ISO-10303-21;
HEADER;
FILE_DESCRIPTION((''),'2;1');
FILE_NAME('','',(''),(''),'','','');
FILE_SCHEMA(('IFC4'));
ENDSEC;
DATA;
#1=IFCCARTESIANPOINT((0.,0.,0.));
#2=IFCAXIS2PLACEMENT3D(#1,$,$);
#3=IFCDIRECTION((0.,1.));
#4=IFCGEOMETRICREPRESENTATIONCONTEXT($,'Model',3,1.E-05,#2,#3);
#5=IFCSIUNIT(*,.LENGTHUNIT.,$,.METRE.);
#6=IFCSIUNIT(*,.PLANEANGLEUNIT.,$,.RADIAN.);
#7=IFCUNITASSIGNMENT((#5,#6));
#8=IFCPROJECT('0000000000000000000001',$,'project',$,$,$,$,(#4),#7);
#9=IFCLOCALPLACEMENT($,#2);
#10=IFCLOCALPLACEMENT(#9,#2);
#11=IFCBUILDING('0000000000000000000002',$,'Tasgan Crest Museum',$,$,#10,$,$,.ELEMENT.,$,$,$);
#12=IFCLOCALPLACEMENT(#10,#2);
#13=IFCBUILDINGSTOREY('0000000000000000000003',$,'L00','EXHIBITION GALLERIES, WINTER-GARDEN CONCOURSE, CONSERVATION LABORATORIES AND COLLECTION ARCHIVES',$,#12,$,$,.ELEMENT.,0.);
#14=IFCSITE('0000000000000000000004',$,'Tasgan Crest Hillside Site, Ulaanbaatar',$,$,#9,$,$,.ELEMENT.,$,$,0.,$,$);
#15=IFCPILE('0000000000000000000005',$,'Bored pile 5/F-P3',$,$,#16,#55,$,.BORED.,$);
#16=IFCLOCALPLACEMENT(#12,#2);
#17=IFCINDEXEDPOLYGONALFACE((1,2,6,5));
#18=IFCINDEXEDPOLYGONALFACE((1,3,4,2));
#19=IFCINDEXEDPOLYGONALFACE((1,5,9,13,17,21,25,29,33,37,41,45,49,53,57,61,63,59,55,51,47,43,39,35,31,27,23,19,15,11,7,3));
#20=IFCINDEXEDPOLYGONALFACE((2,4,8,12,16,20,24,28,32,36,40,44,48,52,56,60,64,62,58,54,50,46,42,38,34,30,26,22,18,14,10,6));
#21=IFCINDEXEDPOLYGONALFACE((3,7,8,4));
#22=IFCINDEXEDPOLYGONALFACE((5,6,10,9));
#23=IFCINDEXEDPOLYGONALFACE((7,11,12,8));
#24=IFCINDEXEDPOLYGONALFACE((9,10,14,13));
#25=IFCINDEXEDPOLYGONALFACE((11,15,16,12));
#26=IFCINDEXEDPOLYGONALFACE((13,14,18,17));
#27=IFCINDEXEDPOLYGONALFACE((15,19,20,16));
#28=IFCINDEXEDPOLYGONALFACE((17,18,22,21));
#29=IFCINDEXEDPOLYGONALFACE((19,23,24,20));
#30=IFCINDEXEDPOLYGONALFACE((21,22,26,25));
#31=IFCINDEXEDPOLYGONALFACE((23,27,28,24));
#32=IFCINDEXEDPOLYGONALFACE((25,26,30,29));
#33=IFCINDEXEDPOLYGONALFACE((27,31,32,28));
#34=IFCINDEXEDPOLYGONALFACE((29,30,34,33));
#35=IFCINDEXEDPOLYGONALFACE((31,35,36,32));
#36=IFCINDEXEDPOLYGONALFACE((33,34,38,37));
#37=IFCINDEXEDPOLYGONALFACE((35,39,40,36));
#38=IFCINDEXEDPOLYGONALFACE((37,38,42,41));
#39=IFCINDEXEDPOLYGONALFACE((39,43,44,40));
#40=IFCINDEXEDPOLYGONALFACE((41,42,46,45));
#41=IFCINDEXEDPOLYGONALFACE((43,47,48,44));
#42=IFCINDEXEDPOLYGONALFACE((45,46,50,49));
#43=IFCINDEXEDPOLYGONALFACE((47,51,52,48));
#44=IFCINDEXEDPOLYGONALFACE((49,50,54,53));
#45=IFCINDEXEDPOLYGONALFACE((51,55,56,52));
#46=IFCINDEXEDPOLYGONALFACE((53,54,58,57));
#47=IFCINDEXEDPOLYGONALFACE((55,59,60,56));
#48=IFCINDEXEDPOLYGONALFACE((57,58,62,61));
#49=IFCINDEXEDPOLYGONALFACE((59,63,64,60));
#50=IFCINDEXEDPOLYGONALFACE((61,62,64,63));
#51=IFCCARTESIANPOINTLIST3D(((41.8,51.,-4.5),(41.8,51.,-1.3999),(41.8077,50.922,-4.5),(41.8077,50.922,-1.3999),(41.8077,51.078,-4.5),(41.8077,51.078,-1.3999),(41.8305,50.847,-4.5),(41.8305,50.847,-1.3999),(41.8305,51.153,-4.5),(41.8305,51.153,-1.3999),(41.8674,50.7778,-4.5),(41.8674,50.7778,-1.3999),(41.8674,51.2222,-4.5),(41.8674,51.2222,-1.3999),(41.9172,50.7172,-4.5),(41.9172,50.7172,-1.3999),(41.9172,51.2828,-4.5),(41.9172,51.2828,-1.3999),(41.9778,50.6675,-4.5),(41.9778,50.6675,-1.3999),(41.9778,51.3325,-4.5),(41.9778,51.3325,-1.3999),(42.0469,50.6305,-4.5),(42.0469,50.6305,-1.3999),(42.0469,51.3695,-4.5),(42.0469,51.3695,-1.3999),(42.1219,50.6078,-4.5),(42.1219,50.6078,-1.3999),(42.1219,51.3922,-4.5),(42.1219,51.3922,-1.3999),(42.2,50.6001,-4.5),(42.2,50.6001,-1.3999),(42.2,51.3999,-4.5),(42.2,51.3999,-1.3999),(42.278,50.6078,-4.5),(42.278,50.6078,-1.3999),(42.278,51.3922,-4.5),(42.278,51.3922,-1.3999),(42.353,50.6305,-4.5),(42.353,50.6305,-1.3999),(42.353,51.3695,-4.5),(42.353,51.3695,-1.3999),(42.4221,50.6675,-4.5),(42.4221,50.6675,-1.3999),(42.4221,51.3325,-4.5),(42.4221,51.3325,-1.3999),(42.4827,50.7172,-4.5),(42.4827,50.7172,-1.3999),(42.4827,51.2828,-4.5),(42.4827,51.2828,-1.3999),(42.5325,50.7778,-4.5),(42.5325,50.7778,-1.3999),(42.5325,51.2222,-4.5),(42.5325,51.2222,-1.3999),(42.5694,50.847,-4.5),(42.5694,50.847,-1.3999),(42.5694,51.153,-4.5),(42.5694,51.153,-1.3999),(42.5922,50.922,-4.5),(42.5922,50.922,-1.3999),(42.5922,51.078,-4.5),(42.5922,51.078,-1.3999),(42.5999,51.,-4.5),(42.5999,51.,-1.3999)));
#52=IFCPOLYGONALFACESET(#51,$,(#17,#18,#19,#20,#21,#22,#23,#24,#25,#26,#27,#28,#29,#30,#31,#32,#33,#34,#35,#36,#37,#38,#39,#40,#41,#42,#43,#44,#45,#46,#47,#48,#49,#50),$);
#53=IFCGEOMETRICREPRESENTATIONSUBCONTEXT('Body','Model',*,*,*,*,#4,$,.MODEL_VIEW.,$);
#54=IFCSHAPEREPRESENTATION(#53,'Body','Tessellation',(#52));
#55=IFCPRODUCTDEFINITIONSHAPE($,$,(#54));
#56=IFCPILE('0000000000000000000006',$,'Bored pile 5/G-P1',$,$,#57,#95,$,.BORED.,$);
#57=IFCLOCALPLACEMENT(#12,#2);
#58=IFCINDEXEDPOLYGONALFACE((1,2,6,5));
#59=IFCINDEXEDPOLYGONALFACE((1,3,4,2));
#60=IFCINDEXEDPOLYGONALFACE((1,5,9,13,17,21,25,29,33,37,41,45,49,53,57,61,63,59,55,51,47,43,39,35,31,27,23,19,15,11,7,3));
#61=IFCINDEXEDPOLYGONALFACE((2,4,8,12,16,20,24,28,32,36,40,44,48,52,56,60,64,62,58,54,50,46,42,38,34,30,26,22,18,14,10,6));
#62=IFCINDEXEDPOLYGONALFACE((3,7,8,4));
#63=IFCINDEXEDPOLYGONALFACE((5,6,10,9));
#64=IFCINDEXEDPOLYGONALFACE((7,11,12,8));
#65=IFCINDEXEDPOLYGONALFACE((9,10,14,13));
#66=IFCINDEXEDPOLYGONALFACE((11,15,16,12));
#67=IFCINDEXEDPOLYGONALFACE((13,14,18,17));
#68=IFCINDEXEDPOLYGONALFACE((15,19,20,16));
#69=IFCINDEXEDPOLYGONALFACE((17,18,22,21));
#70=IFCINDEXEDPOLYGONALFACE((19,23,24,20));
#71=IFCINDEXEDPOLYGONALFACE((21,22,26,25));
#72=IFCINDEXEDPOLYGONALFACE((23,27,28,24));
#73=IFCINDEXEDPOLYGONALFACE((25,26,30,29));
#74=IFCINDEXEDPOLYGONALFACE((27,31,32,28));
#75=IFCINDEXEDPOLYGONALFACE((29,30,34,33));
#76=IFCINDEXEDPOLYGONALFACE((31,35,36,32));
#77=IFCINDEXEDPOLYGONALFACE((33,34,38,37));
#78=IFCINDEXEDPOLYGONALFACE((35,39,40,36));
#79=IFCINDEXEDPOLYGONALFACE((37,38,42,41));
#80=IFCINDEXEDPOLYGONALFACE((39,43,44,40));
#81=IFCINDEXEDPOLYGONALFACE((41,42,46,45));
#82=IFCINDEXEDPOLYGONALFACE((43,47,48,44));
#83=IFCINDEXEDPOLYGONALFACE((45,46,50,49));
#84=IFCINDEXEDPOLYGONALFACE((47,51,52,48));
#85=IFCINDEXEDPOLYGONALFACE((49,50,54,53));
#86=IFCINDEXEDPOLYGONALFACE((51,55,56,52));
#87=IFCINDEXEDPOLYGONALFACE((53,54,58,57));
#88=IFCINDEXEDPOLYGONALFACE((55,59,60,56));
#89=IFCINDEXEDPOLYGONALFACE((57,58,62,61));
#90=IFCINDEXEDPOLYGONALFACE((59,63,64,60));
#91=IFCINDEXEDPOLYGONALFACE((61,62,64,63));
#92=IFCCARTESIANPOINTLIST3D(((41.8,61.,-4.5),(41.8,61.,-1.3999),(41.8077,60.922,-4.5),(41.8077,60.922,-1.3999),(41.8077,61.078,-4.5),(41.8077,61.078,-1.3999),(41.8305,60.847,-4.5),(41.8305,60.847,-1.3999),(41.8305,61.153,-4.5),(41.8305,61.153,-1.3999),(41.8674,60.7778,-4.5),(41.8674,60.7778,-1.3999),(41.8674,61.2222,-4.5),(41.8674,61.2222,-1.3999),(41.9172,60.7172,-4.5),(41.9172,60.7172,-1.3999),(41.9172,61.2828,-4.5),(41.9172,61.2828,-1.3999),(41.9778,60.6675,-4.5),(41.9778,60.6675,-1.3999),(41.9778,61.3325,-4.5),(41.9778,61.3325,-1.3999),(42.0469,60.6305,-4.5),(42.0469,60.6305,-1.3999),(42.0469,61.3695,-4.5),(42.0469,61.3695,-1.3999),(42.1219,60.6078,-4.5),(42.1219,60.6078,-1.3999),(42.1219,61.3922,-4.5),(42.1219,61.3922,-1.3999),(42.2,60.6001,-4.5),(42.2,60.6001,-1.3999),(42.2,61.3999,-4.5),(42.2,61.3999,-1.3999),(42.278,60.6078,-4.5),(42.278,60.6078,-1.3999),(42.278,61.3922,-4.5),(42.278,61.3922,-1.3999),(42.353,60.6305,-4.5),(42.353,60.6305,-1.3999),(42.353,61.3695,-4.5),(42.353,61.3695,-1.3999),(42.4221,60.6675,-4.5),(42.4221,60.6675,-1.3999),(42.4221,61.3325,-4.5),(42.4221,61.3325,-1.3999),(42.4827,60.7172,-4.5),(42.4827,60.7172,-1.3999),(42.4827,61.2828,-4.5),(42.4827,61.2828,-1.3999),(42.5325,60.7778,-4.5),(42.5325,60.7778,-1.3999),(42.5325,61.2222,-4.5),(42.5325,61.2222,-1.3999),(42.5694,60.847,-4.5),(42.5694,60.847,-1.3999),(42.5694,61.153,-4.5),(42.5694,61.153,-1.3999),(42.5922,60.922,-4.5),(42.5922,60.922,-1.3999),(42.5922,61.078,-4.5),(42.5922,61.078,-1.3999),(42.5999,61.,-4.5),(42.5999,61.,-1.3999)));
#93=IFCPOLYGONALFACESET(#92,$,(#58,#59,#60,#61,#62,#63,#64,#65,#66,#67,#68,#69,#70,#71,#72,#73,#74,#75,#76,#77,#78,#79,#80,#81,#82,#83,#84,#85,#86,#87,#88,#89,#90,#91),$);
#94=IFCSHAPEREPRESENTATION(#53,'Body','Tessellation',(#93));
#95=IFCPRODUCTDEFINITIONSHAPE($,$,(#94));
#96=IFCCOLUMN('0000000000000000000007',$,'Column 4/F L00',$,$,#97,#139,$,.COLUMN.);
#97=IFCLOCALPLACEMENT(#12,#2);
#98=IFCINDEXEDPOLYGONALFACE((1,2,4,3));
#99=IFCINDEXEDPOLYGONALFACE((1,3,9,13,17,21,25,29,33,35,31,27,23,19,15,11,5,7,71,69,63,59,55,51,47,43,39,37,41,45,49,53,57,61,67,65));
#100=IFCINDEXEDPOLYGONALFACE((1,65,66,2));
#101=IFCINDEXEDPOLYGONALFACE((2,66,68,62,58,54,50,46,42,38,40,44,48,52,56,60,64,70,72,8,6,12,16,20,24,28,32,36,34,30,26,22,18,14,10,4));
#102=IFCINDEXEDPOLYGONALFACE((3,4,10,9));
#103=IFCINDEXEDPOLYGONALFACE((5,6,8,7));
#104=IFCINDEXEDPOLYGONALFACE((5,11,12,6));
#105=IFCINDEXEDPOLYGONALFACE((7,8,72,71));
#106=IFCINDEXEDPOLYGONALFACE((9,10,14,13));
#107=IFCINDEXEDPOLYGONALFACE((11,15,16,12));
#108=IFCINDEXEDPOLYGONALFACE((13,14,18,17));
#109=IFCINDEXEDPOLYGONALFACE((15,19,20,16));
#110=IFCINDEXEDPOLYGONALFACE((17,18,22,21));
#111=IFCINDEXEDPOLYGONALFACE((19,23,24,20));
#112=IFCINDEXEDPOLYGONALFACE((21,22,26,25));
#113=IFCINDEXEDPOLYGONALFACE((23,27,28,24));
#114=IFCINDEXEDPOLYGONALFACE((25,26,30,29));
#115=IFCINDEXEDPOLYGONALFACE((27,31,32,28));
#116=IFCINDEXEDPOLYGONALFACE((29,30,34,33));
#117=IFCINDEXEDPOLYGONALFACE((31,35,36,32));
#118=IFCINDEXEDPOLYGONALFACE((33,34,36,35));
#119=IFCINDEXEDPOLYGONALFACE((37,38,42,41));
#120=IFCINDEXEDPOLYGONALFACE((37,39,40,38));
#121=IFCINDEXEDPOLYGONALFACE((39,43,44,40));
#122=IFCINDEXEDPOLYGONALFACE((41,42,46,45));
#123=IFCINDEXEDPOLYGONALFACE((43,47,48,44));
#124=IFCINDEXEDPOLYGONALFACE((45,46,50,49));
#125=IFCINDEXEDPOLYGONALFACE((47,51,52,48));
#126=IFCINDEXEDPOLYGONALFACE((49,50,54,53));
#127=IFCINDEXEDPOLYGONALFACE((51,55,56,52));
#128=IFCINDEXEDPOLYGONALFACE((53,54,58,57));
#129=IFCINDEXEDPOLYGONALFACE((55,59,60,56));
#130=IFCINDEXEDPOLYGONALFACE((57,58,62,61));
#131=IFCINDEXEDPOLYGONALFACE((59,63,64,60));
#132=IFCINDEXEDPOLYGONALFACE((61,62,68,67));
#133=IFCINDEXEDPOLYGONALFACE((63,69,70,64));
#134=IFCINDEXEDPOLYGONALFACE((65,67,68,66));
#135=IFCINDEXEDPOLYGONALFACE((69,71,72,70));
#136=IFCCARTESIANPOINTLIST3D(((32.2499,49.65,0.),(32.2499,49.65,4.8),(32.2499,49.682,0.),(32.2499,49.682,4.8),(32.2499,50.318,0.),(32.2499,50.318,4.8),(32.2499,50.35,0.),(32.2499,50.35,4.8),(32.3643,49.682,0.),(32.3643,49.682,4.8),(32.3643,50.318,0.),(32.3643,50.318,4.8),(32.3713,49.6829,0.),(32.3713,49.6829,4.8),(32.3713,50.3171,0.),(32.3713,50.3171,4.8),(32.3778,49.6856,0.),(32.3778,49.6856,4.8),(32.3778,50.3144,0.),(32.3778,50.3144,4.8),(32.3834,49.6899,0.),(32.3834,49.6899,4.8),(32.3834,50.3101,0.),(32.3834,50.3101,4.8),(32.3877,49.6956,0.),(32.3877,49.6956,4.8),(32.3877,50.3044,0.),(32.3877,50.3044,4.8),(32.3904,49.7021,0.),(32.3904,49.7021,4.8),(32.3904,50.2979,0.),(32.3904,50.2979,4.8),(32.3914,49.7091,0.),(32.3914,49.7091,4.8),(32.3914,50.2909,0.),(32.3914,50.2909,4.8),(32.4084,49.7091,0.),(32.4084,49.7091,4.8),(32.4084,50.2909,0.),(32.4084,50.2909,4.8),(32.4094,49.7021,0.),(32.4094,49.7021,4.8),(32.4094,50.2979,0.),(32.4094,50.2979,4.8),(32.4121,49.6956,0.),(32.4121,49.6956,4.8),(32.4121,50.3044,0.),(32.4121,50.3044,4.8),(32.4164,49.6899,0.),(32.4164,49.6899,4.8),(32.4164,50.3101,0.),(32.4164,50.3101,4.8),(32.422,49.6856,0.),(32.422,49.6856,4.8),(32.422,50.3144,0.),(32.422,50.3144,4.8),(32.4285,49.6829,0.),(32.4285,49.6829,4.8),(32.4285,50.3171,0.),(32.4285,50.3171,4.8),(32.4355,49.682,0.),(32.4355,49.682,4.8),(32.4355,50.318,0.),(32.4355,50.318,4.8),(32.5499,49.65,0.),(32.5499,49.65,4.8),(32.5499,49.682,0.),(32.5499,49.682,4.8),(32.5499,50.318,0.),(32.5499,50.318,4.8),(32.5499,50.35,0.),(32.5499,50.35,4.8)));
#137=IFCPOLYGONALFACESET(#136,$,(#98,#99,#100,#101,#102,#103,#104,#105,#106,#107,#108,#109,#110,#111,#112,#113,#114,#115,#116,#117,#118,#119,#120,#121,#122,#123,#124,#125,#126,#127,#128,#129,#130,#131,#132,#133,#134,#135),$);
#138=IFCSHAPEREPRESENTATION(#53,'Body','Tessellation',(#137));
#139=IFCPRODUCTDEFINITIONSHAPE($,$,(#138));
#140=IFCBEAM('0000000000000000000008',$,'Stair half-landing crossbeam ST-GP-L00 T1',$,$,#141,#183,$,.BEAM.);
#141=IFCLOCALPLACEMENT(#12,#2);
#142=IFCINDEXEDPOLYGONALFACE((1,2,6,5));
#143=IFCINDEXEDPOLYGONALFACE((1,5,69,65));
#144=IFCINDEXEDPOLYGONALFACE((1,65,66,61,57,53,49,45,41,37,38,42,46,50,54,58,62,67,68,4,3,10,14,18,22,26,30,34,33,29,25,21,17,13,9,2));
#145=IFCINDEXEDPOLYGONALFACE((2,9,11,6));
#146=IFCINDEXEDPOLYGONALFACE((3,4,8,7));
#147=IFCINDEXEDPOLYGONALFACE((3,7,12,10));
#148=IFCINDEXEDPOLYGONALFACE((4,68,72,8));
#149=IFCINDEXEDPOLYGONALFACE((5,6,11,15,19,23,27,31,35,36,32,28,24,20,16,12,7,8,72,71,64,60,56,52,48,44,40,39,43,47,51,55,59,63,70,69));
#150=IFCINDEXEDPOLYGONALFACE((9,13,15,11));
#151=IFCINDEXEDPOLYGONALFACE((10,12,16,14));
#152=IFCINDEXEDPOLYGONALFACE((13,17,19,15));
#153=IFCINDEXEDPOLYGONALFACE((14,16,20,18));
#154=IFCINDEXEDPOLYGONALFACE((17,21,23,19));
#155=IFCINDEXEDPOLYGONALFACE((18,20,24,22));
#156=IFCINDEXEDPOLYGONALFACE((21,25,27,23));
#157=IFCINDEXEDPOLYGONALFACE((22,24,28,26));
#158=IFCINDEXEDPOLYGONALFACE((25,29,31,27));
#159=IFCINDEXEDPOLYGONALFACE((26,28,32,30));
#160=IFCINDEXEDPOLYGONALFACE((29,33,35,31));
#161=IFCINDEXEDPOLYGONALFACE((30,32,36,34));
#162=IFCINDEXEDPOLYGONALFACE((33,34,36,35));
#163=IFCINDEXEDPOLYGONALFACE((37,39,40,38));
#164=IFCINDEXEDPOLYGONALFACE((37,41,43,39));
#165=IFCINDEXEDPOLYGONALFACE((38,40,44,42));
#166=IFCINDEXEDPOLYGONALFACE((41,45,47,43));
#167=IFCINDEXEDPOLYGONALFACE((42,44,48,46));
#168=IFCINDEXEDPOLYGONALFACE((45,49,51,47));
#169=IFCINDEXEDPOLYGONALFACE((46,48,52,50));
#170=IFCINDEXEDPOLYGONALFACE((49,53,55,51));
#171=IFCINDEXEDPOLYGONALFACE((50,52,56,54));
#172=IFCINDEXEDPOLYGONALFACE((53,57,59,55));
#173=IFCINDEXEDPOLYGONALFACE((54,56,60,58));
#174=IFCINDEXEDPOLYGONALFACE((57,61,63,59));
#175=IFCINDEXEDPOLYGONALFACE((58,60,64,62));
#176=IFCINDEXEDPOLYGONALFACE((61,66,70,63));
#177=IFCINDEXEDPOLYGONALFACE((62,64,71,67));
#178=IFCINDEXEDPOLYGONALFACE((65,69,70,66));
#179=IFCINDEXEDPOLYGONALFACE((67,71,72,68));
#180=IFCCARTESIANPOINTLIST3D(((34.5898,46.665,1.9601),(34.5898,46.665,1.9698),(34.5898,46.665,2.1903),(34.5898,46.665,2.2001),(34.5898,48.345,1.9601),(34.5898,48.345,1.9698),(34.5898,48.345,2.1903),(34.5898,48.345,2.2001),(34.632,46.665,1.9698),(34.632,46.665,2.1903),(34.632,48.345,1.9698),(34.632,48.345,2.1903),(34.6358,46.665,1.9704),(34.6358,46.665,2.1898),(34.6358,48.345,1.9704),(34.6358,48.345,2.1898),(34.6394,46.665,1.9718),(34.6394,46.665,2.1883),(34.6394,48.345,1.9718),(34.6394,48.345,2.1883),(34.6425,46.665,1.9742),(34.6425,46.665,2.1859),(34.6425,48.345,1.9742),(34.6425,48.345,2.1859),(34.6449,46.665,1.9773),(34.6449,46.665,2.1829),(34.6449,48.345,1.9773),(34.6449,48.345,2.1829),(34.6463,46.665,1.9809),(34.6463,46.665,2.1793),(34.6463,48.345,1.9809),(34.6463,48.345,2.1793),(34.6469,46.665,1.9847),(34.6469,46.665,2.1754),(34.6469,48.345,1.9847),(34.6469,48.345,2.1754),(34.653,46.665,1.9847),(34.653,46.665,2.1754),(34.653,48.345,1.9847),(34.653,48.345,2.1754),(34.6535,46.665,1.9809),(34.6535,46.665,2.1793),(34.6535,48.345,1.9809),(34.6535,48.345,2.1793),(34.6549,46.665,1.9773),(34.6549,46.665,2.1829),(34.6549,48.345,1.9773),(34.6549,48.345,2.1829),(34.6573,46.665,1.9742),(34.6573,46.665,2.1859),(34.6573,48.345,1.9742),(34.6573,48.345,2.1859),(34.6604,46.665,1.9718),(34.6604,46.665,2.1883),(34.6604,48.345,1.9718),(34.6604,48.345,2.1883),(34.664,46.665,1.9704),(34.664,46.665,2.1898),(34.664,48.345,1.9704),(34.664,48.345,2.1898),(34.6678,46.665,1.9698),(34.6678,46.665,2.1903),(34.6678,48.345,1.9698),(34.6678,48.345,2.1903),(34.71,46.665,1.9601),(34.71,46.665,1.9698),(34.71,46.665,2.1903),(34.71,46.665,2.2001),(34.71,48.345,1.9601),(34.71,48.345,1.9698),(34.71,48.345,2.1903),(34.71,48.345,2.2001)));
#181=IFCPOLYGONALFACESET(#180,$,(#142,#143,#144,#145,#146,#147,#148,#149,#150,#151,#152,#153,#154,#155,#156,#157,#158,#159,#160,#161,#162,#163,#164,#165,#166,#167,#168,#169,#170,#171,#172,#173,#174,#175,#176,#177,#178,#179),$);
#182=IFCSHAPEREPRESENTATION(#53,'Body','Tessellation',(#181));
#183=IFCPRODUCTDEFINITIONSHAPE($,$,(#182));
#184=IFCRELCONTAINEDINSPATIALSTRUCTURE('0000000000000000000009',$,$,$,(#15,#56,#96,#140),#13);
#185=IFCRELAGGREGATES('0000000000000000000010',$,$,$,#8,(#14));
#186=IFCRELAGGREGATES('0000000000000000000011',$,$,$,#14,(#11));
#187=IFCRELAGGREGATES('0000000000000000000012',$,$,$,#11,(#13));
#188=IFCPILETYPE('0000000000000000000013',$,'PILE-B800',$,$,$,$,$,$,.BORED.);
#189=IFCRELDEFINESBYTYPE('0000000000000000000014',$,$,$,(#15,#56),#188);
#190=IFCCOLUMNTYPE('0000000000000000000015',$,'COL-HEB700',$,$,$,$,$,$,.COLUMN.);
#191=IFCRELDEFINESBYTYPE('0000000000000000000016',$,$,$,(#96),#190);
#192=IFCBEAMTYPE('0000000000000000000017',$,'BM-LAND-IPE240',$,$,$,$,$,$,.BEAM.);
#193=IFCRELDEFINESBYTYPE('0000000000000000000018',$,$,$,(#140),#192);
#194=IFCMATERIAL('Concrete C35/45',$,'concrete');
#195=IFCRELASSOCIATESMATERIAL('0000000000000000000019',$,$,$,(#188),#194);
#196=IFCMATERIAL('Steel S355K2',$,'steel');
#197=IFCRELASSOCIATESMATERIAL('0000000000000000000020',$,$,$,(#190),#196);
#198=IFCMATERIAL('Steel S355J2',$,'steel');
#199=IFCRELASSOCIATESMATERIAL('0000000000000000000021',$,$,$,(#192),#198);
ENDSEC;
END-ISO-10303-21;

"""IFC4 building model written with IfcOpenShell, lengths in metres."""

from ifc_helpers import new_model, si_unit, direction, frame, origin, origin_2d, place, context, subcontext, project, spatial, circle, i_section, extrude, material, material_profile, profile_set, type_object, element, save


model = new_model("IFC4")

# Units and contexts
model_context = context("Model", 3, precision=1e-05, world=origin(), true_north=direction((0.0, 1.0)))
body_context = subcontext(model_context, "Body", "Model", "MODEL_VIEW")
ifc_project = project(units=[si_unit("LENGTHUNIT", "METRE"), si_unit("PLANEANGLEUNIT", "RADIAN")], contexts=[model_context])

# Site, building, storey
site_placement = place(None, origin())
site = spatial("IfcSite", under=ifc_project, at=site_placement, Name="Tasgan Crest Hillside Site, Ulaanbaatar", CompositionType="ELEMENT", RefElevation=0.0)
building_placement = place(site_placement, origin())
building = spatial("IfcBuilding", under=site, at=building_placement, Name="Tasgan Crest Museum", CompositionType="ELEMENT")
storey_placement = place(building_placement, origin())
storey = spatial("IfcBuildingStorey", under=building, at=storey_placement, Name="L00", Description="EXHIBITION GALLERIES, WINTER-GARDEN CONCOURSE, CONSERVATION LABORATORIES AND COLLECTION ARCHIVES", CompositionType="ELEMENT", Elevation=0.0)

# Piles
ifc_material_1 = material(Name="Concrete C35/45", Category="concrete")
ifc_material_profile_1 = material_profile(ifc_material_1, circle(Radius=0.3999, at=origin_2d()), Name="PILE D800")
ifc_profile_set_1 = profile_set([ifc_material_profile_1], Name="Concrete C35/45")
pile_type_1 = type_object("IfcPileType", Name="PILE-B800", PredefinedType="BORED", material=ifc_profile_set_1)
for number, where, z_axis, x_axis, name in (
    (1, (42.2, 51.0, -1.3999), (0.0, 0.0, -1.0), (1.0, 0.0, 0.0), "Bored pile 5/F-P3"),
    (2, (42.2, 61.0, -1.3999), (0.0, 0.0, -1.0), (1.0, 0.0, 0.0), "Bored pile 5/G-P1"),
):
    element("IfcPile", number, at=place(storey_placement, frame(where, z_axis=z_axis, x_axis=x_axis)), inside=storey, type_object=pile_type_1, Name=name, PredefinedType="BORED", context=body_context, shape_type="SweptSolid", body=[
        extrude(circle(Radius=0.3999, at=origin_2d()), origin(), (0.0, 0.0, 1.0), 3.1001),
    ])

# Column
ifc_material_2 = material(Name="Steel S355K2", Category="steel")
ifc_material_profile_2 = material_profile(ifc_material_2, i_section(OverallWidth=0.3, OverallDepth=0.7, WebThickness=0.0171, FlangeThickness=0.032, FilletRadius=0.0271, at=origin_2d()), Name="HEB 700")
ifc_profile_set_2 = profile_set([ifc_material_profile_2], Name="Steel S355K2")
column_type = type_object("IfcColumnType", Name="COL-HEB700", PredefinedType="COLUMN", material=ifc_profile_set_2)
column_placement = place(storey_placement, frame((32.3999, 50.0, 0.0), z_axis=(0.0, 0.0, 1.0), x_axis=(1.0, 0.0, 0.0)))
element("IfcColumn", 3, at=column_placement, inside=storey, type_object=column_type, Name="Column 4/F L00", PredefinedType="COLUMN", context=body_context, shape_type="SweptSolid", body=[
    extrude(i_section(OverallWidth=0.3, OverallDepth=0.7, WebThickness=0.0171, FlangeThickness=0.032, FilletRadius=0.0271, at=origin_2d()), origin(), (0.0, 0.0, 1.0), 4.8),
])

# Beam
ifc_material_3 = material(Name="Steel S355J2", Category="steel")
ifc_material_profile_3 = material_profile(ifc_material_3, i_section(OverallWidth=0.1201, OverallDepth=0.24, WebThickness=0.0061, FlangeThickness=0.0098, FilletRadius=0.0149, at=origin_2d()), Name="IPE 240")
ifc_profile_set_3 = profile_set([ifc_material_profile_3], Name="Steel S355J2")
beam_type_1 = type_object("IfcBeamType", Name="BM-LAND-IPE240", PredefinedType="BEAM", material=ifc_profile_set_3)
beam_placement = place(storey_placement, frame((34.6499, 46.665, 2.0801), z_axis=(0.0, 1.0, 0.0), x_axis=(-1.0, 0.0, 0.0)))
element("IfcBeam", 4, at=beam_placement, inside=storey, type_object=beam_type_1, Name="Stair half-landing crossbeam ST-GP-L00 T1", PredefinedType="BEAM", context=body_context, shape_type="SweptSolid", body=[
    extrude(i_section(OverallWidth=0.1201, OverallDepth=0.24, WebThickness=0.0061, FlangeThickness=0.0098, FilletRadius=0.0149, at=origin_2d()), origin(), (0.0, 0.0, 1.0), 1.6799),
])

save(model, "model.ifc")
